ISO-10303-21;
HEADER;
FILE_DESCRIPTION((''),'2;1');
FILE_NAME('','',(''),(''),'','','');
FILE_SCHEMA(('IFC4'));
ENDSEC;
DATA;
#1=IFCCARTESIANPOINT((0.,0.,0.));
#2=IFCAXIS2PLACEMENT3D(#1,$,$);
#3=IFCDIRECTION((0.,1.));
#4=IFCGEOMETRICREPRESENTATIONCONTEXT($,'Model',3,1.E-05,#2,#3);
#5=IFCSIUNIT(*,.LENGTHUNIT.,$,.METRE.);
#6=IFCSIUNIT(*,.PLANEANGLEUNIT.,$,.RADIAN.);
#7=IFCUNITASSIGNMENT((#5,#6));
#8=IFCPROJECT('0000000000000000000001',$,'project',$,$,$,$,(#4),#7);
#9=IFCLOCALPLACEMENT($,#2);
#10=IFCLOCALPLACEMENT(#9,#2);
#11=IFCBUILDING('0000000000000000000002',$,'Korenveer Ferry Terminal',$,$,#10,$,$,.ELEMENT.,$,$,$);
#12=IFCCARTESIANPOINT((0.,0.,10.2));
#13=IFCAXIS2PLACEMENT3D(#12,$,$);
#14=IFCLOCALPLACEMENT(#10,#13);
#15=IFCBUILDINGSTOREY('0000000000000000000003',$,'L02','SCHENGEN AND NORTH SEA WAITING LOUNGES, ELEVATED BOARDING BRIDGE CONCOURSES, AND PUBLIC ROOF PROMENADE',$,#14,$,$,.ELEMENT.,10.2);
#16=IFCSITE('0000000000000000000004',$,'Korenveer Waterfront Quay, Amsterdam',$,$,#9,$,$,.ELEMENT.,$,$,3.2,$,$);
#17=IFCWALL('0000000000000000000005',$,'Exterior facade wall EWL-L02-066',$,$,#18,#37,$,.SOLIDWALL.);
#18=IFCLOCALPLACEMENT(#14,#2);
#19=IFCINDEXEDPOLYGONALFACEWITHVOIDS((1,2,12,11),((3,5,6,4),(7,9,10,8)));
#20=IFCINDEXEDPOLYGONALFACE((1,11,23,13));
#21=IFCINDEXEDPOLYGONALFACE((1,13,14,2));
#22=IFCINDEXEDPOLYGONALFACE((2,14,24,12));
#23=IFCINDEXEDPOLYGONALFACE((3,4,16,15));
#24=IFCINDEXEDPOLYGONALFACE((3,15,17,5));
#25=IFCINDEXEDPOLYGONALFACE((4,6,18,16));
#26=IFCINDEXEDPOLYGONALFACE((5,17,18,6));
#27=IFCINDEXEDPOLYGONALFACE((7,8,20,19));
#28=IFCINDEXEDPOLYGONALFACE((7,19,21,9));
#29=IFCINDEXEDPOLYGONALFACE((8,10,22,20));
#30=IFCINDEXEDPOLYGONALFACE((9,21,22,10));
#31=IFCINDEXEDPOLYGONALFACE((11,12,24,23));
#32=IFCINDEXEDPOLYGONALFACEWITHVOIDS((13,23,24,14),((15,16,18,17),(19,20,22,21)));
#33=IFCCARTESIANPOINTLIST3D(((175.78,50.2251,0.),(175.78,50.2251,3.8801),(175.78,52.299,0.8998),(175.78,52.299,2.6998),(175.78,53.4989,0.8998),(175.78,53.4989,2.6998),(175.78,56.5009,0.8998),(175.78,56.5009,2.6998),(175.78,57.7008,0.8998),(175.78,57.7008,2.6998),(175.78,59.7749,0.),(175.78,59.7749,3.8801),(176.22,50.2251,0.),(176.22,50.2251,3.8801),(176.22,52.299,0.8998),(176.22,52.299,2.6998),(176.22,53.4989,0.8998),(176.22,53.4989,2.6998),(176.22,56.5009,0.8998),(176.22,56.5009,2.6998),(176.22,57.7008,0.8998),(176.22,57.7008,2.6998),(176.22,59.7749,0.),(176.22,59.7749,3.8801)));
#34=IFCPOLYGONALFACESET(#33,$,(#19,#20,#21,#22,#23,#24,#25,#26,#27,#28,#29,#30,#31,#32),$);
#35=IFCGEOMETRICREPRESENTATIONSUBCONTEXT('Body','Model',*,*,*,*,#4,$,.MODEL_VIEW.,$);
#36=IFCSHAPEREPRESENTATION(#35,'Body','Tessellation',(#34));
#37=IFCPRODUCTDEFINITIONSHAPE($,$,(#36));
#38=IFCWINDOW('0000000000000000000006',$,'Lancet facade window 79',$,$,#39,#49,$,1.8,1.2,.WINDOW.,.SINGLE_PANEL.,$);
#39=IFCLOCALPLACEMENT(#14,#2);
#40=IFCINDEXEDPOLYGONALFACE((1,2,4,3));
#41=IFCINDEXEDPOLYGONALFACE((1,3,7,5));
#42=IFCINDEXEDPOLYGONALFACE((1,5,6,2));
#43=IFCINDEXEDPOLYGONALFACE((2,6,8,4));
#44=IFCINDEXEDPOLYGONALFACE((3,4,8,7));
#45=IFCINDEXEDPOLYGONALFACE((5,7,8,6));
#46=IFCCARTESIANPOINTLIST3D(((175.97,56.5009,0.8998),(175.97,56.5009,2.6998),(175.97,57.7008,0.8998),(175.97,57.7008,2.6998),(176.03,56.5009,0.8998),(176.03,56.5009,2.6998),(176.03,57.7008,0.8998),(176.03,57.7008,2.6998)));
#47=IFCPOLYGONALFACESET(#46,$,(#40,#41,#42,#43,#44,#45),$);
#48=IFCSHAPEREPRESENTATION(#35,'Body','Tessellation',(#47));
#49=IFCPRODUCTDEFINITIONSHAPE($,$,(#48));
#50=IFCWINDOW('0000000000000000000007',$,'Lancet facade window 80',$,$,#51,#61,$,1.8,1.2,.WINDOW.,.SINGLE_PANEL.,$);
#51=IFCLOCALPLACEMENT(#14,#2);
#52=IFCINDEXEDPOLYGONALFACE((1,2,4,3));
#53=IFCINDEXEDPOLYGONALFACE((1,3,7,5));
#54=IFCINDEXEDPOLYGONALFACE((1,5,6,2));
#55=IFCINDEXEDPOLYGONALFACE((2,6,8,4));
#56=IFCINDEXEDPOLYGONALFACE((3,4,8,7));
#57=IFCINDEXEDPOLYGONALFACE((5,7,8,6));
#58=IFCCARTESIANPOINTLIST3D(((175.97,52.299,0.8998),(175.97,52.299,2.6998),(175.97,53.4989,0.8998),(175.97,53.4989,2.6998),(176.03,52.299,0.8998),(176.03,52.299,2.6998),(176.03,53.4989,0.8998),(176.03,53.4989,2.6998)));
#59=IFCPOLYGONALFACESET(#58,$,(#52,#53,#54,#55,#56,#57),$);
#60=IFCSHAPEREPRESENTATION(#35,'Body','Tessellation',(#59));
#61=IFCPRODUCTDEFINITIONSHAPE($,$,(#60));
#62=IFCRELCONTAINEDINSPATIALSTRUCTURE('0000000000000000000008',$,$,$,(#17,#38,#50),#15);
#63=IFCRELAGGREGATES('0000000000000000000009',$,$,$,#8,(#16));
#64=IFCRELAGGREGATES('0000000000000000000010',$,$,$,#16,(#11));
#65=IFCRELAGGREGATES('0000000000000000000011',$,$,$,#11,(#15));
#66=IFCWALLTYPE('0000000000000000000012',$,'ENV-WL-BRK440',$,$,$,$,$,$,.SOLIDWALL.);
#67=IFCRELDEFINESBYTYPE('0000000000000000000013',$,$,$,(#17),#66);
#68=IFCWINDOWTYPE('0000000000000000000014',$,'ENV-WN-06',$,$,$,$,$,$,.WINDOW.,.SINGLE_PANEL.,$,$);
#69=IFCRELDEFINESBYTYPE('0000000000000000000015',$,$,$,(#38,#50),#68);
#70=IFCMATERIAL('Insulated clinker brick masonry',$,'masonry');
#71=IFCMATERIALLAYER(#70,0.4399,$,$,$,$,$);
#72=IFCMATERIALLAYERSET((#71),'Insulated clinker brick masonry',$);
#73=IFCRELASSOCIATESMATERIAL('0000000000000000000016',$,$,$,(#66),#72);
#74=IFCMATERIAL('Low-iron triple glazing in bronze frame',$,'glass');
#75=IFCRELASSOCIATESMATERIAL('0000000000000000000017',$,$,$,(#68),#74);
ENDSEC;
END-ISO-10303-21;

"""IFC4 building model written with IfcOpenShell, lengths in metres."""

from ifc_helpers import new_model, si_unit, direction, frame, frame_2d, origin, place, context, subcontext, project, spatial, rectangle, extrude, material, layer, layer_set, type_object, element, fill, save


model = new_model("IFC4")

# Units and contexts
model_context = context("Model", 3, precision=1e-05, world=origin(), true_north=direction((0.0, 1.0)))
body_context = subcontext(model_context, "Body", "Model", "MODEL_VIEW")
ifc_project = project(units=[si_unit("LENGTHUNIT", "METRE"), si_unit("PLANEANGLEUNIT", "RADIAN")], contexts=[model_context])

# Site, building, storey
site_placement = place(None, origin())
site = spatial("IfcSite", under=ifc_project, at=site_placement, Name="Korenveer Waterfront Quay, Amsterdam", CompositionType="ELEMENT", RefElevation=3.2)
building_placement = place(site_placement, origin())
building = spatial("IfcBuilding", under=site, at=building_placement, Name="Korenveer Ferry Terminal", CompositionType="ELEMENT")
storey_placement = place(building_placement, frame((0.0, 0.0, 10.2)))
storey = spatial("IfcBuildingStorey", under=building, at=storey_placement, Name="L02", Description="SCHENGEN AND NORTH SEA WAITING LOUNGES, ELEVATED BOARDING BRIDGE CONCOURSES, AND PUBLIC ROOF PROMENADE", CompositionType="ELEMENT", Elevation=10.2)

# Wall, openings, windows
ifc_material_1 = material(Name="Insulated clinker brick masonry", Category="masonry")
ifc_layer_1 = layer(ifc_material_1, 0.4399)
ifc_layer_set_1 = layer_set([ifc_layer_1], Name="Insulated clinker brick masonry")
wall_type = type_object("IfcWallType", Name="ENV-WL-BRK440", PredefinedType="SOLIDWALL", material=ifc_layer_set_1)
wall_placement = place(storey_placement, frame((176.0, 59.7749, 0.0), z_axis=(0.0, 0.0, 1.0), x_axis=(0.0, -1.0, 0.0)))
wall = element("IfcWall", 1, at=wall_placement, inside=storey, type_object=wall_type, Name="Exterior facade wall EWL-L02-066", PredefinedType="SOLIDWALL", context=body_context, shape_type="SweptSolid", body=[
    extrude(rectangle(XDim=9.5498, YDim=0.4399, at=frame_2d((4.7749, 0.0))), origin(), (0.0, 0.0, 1.0), 3.8801),
])
opening_1_placement = place(wall_placement, frame((2.074, 0.0, 0.8999)))
opening_1 = element("IfcOpeningElement", 2, at=opening_1_placement, cuts=wall, PredefinedType="OPENING", context=body_context, shape_type="SweptSolid", body=[
    extrude(rectangle(XDim=1.2, YDim=1.8, at=frame_2d((0.6001, 0.8999))), frame((0.0, 0.23, 0.0), z_axis=(0.0, -1.0, 0.0), x_axis=(1.0, 0.0, 0.0)), (0.0, 0.0, 1.0), 0.46),
])
opening_2_placement = place(wall_placement, frame((6.2759, 0.0, 0.8999)))
opening_2 = element("IfcOpeningElement", 3, at=opening_2_placement, cuts=wall, PredefinedType="OPENING", context=body_context, shape_type="SweptSolid", body=[
    extrude(rectangle(XDim=1.2, YDim=1.8, at=frame_2d((0.6001, 0.8999))), frame((0.0, 0.23, 0.0), z_axis=(0.0, -1.0, 0.0), x_axis=(1.0, 0.0, 0.0)), (0.0, 0.0, 1.0), 0.46),
])
ifc_material_2 = material(Name="Low-iron triple glazing in bronze frame", Category="glass")
window_type = type_object("IfcWindowType", Name="ENV-WN-06", PartitioningType="SINGLE_PANEL", PredefinedType="WINDOW", material=ifc_material_2)
window_1_placement = place(opening_1_placement, origin())
window_1 = element("IfcWindow", 4, at=window_1_placement, inside=storey, type_object=window_type, Name="Lancet facade window 79", OverallHeight=1.8, OverallWidth=1.2, PartitioningType="SINGLE_PANEL", PredefinedType="WINDOW", context=body_context, shape_type="SweptSolid", body=[
    extrude(rectangle(XDim=1.2, YDim=1.8, at=frame_2d((0.6001, 0.8999))), frame((0.0, 0.03, 0.0), z_axis=(0.0, -1.0, 0.0), x_axis=(1.0, 0.0, 0.0)), (0.0, 0.0, 1.0), 0.0601),
])
fill(opening_1, window_1)
window_2_placement = place(opening_2_placement, origin())
window_2 = element("IfcWindow", 5, at=window_2_placement, inside=storey, type_object=window_type, Name="Lancet facade window 80", OverallHeight=1.8, OverallWidth=1.2, PartitioningType="SINGLE_PANEL", PredefinedType="WINDOW", context=body_context, shape_type="SweptSolid", body=[
    extrude(rectangle(XDim=1.2, YDim=1.8, at=frame_2d((0.6001, 0.8999))), frame((0.0, 0.03, 0.0), z_axis=(0.0, -1.0, 0.0), x_axis=(1.0, 0.0, 0.0)), (0.0, 0.0, 1.0), 0.0601),
])
fill(opening_2, window_2)

save(model, "model.ifc")
